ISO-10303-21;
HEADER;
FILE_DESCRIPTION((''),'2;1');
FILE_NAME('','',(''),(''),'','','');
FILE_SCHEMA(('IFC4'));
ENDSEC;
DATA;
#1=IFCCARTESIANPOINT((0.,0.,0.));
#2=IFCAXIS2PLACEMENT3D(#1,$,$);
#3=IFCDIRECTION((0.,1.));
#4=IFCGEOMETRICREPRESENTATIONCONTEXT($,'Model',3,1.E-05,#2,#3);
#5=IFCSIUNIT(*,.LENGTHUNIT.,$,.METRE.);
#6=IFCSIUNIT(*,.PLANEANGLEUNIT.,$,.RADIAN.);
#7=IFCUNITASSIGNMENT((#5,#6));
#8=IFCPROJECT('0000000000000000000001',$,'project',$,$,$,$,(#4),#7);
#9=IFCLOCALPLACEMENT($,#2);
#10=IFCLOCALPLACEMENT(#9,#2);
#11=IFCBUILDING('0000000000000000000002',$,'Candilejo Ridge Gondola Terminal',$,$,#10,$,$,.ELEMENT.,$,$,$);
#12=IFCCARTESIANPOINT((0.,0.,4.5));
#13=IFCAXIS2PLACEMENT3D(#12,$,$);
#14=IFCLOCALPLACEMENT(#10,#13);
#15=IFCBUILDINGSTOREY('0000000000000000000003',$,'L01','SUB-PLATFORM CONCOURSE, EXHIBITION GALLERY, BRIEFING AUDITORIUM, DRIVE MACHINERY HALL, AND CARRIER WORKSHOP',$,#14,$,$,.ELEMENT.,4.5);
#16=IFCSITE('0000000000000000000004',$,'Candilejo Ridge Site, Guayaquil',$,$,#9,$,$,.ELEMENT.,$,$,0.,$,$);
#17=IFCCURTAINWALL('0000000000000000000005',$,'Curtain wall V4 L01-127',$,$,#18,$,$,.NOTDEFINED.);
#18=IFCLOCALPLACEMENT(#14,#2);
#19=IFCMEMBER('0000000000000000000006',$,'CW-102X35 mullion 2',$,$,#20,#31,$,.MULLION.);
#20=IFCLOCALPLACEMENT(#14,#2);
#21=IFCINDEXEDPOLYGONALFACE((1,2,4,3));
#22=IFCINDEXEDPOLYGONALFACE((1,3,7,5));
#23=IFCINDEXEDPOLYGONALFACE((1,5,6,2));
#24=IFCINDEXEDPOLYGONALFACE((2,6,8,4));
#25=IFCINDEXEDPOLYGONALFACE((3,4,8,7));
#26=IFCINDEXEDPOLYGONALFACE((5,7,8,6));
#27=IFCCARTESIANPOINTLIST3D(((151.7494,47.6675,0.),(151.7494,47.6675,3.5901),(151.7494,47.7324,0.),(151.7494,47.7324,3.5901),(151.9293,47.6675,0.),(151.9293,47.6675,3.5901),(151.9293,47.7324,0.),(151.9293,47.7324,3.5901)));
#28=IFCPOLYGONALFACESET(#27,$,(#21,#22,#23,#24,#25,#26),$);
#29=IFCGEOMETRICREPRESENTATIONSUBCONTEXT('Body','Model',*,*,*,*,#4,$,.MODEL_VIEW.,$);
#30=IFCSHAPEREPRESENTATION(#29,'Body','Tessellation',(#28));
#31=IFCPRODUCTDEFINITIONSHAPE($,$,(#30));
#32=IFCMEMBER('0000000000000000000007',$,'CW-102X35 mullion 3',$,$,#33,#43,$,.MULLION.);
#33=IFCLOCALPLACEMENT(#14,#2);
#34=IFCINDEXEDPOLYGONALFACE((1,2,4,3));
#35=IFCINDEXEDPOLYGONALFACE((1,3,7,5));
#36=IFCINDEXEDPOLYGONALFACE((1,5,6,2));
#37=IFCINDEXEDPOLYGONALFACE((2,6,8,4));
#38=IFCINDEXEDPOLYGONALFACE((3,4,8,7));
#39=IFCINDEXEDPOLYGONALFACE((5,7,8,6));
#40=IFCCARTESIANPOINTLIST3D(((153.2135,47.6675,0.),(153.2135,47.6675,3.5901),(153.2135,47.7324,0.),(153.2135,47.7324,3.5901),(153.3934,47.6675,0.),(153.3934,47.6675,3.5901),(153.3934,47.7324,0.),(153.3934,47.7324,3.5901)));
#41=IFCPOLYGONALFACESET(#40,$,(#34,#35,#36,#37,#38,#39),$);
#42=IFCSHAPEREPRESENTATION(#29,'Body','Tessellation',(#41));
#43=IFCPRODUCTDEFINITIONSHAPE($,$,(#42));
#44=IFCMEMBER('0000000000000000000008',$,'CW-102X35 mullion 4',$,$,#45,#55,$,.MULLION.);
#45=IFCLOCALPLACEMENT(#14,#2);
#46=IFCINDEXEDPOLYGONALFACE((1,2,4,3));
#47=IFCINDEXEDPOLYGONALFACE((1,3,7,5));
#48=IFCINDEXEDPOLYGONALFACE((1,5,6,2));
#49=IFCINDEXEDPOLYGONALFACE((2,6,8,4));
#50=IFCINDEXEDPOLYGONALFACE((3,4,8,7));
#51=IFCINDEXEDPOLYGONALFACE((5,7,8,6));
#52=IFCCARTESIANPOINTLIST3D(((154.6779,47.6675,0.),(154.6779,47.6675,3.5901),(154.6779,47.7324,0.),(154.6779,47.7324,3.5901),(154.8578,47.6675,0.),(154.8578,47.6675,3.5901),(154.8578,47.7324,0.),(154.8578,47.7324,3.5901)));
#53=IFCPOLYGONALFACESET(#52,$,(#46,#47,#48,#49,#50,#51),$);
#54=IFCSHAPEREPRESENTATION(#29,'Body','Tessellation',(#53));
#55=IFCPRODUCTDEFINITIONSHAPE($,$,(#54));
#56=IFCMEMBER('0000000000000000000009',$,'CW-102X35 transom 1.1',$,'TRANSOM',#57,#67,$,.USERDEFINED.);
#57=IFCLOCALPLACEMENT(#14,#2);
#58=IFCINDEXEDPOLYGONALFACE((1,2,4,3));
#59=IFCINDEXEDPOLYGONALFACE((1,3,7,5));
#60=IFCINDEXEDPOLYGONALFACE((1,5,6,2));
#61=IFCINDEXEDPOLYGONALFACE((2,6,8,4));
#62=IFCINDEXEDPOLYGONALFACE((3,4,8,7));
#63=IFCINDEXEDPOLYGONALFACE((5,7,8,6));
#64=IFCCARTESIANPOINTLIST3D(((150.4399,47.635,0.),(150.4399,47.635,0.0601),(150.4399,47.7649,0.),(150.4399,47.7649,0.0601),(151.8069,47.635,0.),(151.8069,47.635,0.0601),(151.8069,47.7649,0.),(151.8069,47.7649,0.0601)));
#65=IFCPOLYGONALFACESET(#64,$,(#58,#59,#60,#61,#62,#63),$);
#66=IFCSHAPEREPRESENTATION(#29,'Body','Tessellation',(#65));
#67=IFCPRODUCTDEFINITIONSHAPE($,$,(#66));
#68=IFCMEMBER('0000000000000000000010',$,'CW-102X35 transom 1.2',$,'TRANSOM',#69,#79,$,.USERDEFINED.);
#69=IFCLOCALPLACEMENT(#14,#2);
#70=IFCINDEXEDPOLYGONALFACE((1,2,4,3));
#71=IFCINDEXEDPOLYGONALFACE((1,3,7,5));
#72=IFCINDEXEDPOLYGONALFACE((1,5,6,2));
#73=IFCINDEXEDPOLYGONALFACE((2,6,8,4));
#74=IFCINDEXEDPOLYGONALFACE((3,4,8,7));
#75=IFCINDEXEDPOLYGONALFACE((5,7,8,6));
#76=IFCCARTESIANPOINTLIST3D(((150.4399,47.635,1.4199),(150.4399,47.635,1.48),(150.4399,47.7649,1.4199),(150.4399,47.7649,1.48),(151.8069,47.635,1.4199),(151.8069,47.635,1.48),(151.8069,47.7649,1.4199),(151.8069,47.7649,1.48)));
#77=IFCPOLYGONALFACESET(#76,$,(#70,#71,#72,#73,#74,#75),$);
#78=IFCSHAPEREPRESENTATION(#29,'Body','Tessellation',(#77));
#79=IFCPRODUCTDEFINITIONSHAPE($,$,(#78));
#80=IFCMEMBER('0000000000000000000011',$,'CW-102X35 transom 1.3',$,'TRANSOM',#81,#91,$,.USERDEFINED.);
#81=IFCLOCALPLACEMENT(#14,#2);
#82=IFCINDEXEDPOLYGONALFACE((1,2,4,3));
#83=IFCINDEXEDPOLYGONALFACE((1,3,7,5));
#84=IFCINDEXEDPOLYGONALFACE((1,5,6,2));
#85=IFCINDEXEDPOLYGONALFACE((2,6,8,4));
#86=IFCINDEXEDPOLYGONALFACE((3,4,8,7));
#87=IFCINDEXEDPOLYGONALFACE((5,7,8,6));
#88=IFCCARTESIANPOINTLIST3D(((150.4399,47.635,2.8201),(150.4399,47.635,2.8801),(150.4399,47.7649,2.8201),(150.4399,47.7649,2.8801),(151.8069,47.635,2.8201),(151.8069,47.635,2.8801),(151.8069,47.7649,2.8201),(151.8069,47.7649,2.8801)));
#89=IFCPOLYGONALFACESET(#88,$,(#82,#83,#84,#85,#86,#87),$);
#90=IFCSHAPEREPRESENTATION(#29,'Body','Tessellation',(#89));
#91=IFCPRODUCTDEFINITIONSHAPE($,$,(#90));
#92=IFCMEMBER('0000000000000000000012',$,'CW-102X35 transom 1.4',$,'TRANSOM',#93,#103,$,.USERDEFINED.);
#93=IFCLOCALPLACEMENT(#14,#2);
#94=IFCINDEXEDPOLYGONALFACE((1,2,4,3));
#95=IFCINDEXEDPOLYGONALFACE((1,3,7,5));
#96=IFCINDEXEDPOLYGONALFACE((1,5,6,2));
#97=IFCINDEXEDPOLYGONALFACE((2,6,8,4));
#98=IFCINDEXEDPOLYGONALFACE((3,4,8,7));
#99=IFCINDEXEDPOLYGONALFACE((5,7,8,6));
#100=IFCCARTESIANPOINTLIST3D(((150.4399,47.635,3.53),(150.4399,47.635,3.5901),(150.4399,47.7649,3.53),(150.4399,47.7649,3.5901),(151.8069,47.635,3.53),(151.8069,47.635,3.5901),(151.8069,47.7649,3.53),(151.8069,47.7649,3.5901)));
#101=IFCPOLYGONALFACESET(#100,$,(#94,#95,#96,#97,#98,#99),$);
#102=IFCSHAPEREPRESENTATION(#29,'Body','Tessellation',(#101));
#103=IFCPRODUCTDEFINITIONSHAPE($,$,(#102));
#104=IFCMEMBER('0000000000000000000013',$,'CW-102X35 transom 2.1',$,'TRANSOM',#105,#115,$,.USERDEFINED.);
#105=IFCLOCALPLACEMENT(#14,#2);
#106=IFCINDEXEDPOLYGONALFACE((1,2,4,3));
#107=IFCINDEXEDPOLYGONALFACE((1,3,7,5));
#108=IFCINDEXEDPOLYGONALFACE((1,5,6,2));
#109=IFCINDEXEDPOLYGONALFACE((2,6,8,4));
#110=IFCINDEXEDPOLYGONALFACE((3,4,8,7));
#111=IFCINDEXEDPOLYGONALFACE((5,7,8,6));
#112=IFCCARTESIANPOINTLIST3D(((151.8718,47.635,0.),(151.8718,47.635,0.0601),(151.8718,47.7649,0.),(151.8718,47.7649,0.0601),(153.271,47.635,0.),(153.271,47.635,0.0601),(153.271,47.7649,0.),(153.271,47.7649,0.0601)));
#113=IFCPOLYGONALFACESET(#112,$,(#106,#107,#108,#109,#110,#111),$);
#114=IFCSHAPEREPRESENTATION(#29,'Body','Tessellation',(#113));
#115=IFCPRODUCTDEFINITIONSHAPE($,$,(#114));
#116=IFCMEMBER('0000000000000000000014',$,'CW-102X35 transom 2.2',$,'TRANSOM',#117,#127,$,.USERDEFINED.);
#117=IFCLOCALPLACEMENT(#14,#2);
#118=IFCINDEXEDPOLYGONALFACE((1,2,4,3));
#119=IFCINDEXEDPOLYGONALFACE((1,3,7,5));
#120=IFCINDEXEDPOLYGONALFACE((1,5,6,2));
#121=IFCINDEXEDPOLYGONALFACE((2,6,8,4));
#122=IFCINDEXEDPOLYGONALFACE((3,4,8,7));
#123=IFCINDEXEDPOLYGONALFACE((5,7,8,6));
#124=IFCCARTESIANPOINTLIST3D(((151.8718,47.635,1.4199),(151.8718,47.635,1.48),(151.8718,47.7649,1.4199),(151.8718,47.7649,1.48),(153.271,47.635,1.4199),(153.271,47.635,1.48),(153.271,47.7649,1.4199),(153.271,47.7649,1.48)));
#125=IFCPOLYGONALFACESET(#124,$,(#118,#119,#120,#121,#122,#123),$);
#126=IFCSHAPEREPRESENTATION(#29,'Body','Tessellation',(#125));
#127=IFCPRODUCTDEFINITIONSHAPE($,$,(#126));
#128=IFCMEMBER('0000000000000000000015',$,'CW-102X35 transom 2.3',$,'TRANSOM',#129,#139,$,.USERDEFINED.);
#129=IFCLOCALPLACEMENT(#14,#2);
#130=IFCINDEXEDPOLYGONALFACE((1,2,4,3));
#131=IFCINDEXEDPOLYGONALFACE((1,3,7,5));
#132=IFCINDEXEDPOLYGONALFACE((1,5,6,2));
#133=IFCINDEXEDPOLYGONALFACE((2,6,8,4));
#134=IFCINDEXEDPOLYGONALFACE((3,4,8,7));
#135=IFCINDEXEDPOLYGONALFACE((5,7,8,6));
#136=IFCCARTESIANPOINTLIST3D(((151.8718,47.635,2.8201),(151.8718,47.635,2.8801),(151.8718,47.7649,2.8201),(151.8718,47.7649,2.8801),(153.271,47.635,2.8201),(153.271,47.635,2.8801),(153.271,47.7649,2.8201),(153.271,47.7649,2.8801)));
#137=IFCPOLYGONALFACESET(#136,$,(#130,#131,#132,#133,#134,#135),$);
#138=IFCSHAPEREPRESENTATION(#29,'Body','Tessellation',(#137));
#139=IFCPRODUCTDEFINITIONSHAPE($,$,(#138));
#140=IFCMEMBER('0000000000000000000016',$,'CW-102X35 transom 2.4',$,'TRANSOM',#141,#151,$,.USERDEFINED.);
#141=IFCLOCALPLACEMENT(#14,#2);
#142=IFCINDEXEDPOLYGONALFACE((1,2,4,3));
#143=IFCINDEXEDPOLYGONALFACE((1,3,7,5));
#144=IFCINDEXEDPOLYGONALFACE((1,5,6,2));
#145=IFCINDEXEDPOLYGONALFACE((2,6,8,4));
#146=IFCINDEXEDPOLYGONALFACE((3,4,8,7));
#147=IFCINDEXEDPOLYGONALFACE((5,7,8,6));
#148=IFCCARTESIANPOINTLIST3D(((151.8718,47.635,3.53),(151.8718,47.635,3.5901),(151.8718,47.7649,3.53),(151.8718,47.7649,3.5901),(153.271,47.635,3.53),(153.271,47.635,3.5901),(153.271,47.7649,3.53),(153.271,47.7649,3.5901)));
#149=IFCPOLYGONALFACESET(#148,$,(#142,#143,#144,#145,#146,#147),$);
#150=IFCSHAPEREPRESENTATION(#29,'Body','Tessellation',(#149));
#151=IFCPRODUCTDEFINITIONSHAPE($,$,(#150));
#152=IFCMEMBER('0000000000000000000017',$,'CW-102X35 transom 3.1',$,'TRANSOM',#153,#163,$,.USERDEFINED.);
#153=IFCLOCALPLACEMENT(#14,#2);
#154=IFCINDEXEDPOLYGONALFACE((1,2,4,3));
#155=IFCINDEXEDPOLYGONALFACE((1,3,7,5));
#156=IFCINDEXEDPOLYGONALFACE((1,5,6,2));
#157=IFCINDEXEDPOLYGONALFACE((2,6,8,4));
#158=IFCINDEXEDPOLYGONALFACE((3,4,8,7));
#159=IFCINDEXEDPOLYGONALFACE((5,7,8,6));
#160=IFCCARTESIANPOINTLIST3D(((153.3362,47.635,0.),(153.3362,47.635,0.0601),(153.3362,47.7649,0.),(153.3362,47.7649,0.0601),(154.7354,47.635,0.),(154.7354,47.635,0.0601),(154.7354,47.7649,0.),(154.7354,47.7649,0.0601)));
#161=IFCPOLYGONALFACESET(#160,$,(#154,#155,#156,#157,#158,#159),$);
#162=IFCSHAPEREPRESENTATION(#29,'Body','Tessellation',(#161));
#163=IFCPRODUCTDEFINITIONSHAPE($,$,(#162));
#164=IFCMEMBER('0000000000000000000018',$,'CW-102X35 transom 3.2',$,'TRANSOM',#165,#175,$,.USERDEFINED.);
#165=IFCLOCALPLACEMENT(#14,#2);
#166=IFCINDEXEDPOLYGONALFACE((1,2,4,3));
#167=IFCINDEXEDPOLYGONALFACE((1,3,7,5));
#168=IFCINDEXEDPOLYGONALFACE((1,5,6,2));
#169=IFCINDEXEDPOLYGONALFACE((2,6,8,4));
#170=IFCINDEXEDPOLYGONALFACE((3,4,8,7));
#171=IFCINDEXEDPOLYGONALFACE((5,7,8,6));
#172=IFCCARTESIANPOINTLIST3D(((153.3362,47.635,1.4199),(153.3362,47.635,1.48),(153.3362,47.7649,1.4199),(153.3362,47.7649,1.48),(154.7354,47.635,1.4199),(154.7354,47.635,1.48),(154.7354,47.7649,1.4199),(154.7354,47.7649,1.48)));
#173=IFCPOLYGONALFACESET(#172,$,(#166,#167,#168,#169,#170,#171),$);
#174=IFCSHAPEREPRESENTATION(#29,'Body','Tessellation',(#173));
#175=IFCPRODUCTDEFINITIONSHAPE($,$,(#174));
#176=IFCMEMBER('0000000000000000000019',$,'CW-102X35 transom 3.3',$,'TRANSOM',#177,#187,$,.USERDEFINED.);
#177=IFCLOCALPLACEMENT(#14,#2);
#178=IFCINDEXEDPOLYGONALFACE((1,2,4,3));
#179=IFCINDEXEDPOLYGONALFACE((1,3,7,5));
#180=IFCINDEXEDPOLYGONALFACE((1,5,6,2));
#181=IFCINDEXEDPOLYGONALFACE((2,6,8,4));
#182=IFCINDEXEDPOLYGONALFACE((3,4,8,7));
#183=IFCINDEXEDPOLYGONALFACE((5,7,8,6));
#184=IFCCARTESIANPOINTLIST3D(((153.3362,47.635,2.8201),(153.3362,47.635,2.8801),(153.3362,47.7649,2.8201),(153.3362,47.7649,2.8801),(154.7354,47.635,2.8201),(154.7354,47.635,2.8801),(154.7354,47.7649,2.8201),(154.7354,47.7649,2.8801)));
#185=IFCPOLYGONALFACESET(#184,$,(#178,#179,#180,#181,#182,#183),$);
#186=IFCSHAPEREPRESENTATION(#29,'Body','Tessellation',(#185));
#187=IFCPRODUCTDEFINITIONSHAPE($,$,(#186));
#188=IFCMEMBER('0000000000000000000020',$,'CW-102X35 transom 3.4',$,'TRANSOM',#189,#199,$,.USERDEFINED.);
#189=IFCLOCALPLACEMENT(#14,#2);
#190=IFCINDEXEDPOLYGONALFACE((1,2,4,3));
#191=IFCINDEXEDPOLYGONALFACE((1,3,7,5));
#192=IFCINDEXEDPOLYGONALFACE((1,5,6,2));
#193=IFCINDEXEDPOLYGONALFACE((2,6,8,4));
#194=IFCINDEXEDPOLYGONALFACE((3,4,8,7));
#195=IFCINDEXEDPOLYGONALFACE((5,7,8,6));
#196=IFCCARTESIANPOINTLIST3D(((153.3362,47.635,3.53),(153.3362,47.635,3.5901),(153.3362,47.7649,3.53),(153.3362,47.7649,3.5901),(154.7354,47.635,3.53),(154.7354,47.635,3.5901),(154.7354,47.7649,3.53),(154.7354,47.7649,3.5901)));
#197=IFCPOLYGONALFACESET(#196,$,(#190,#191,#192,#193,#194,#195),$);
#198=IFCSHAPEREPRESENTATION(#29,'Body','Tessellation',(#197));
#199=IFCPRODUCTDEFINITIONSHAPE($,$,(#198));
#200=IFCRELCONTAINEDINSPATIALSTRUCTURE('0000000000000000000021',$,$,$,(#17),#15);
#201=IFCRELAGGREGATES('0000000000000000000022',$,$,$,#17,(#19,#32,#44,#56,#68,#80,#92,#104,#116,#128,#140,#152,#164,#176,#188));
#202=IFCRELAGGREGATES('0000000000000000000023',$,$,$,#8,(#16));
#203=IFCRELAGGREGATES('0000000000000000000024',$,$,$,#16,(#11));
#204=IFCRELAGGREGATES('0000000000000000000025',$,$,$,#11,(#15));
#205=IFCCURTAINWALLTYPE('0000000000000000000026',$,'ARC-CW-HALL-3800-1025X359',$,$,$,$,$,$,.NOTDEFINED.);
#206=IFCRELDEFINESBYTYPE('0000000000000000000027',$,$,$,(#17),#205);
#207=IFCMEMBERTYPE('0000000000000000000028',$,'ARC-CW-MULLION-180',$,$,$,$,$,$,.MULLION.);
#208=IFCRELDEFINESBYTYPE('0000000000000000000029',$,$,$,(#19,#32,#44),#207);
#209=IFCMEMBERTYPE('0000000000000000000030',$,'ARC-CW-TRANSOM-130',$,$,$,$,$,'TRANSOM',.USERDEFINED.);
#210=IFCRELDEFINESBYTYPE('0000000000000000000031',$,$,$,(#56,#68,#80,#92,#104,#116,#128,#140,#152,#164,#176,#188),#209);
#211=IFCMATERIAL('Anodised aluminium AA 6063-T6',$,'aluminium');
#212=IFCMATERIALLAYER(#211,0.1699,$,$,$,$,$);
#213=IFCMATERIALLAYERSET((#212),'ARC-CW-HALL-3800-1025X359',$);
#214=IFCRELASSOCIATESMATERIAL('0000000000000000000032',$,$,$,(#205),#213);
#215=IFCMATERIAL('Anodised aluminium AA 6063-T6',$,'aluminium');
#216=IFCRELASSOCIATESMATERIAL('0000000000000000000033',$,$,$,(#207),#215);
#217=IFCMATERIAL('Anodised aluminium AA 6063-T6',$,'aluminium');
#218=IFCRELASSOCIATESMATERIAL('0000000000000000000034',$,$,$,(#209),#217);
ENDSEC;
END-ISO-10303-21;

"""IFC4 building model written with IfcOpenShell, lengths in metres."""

from ifc_helpers import new_model, si_unit, direction, frame, origin, origin_2d, place, context, subcontext, project, spatial, rectangle, extrude, material, layer, layer_set, material_profile, profile_set, type_object, element, aggregate, save


model = new_model("IFC4")

# Units and contexts
model_context = context("Model", 3, precision=1e-05, world=origin(), true_north=direction((0.0, 1.0)))
body_context = subcontext(model_context, "Body", "Model", "MODEL_VIEW")
ifc_project = project(units=[si_unit("LENGTHUNIT", "METRE"), si_unit("PLANEANGLEUNIT", "RADIAN")], contexts=[model_context])

# Site, building, storey
site_placement = place(None, origin())
site = spatial("IfcSite", under=ifc_project, at=site_placement, Name="Candilejo Ridge Site, Guayaquil", CompositionType="ELEMENT", RefElevation=0.0)
building_placement = place(site_placement, origin())
building = spatial("IfcBuilding", under=site, at=building_placement, Name="Candilejo Ridge Gondola Terminal", CompositionType="ELEMENT")
storey_placement = place(building_placement, frame((0.0, 0.0, 4.5)))
storey = spatial("IfcBuildingStorey", under=building, at=storey_placement, Name="L01", Description="SUB-PLATFORM CONCOURSE, EXHIBITION GALLERY, BRIEFING AUDITORIUM, DRIVE MACHINERY HALL, AND CARRIER WORKSHOP", CompositionType="ELEMENT", Elevation=4.5)

# Curtain wall, members
ifc_material_1 = material(Name="Anodised aluminium AA 6063-T6", Category="aluminium")
ifc_layer_1 = layer(ifc_material_1, 0.1699)
ifc_layer_set_1 = layer_set([ifc_layer_1], Name="ARC-CW-HALL-3800-1025X359")
curtain_wall_type = type_object("IfcCurtainWallType", Name="ARC-CW-HALL-3800-1025X359", PredefinedType="NOTDEFINED", material=ifc_layer_set_1)
curtain_wall_placement = place(storey_placement, origin())
curtain_wall = element("IfcCurtainWall", 1, at=curtain_wall_placement, inside=storey, type_object=curtain_wall_type, Name="Curtain wall V4 L01-127", PredefinedType="NOTDEFINED")
ifc_material_2 = material(Name="Anodised aluminium AA 6063-T6", Category="aluminium")
ifc_material_profile_1 = material_profile(ifc_material_2, rectangle(XDim=0.0649, YDim=0.1799, at=origin_2d()))
ifc_profile_set_1 = profile_set([ifc_material_profile_1], Name="Anodised aluminium AA 6063-T6")
member_type_1 = type_object("IfcMemberType", Name="ARC-CW-MULLION-180", PredefinedType="MULLION", material=ifc_profile_set_1)
member_1_placement = place(storey_placement, frame((151.8394, 47.7, 0.0), z_axis=(0.0, 0.0, 1.0), x_axis=(0.0, 1.0, 0.0)))
member_1 = element("IfcMember", 2, at=member_1_placement, type_object=member_type_1, Name="CW-102X35 mullion 2", PredefinedType="MULLION", context=body_context, shape_type="SweptSolid", body=[
    extrude(rectangle(XDim=0.0649, YDim=0.1799, at=origin_2d()), origin(), (0.0, 0.0, 1.0), 3.5901),
])
member_2_placement = place(storey_placement, frame((153.3035, 47.7, 0.0), z_axis=(0.0, 0.0, 1.0), x_axis=(0.0, 1.0, 0.0)))
member_2 = element("IfcMember", 3, at=member_2_placement, type_object=member_type_1, Name="CW-102X35 mullion 3", PredefinedType="MULLION", context=body_context, shape_type="SweptSolid", body=[
    extrude(rectangle(XDim=0.0649, YDim=0.1799, at=origin_2d()), origin(), (0.0, 0.0, 1.0), 3.5901),
])
member_3_placement = place(storey_placement, frame((154.7678, 47.7, 0.0), z_axis=(0.0, 0.0, 1.0), x_axis=(0.0, 1.0, 0.0)))
member_3 = element("IfcMember", 4, at=member_3_placement, type_object=member_type_1, Name="CW-102X35 mullion 4", PredefinedType="MULLION", context=body_context, shape_type="SweptSolid", body=[
    extrude(rectangle(XDim=0.0649, YDim=0.1799, at=origin_2d()), origin(), (0.0, 0.0, 1.0), 3.5901),
])
ifc_material_3 = material(Name="Anodised aluminium AA 6063-T6", Category="aluminium")
ifc_material_profile_2 = material_profile(ifc_material_3, rectangle(XDim=0.1299, YDim=0.0601, at=origin_2d()))
ifc_profile_set_2 = profile_set([ifc_material_profile_2], Name="Anodised aluminium AA 6063-T6")
member_type_2 = type_object("IfcMemberType", Name="ARC-CW-TRANSOM-130", ElementType="TRANSOM", PredefinedType="USERDEFINED", material=ifc_profile_set_2)
member_4_placement = place(storey_placement, frame((150.4399, 47.7, 0.03), z_axis=(1.0, 0.0, 0.0), x_axis=(0.0, 1.0, 0.0)))
member_4 = element("IfcMember", 5, at=member_4_placement, type_object=member_type_2, Name="CW-102X35 transom 1.1", ObjectType="TRANSOM", PredefinedType="USERDEFINED", context=body_context, shape_type="SweptSolid", body=[
    extrude(rectangle(XDim=0.1299, YDim=0.0601, at=origin_2d()), origin(), (0.0, 0.0, 1.0), 1.3669),
])
member_5_placement = place(storey_placement, frame((150.4399, 47.7, 1.45), z_axis=(1.0, 0.0, 0.0), x_axis=(0.0, 1.0, 0.0)))
member_5 = element("IfcMember", 6, at=member_5_placement, type_object=member_type_2, Name="CW-102X35 transom 1.2", ObjectType="TRANSOM", PredefinedType="USERDEFINED", context=body_context, shape_type="SweptSolid", body=[
    extrude(rectangle(XDim=0.1299, YDim=0.0601, at=origin_2d()), origin(), (0.0, 0.0, 1.0), 1.3669),
])
member_6_placement = place(storey_placement, frame((150.4399, 47.7, 2.8501), z_axis=(1.0, 0.0, 0.0), x_axis=(0.0, 1.0, 0.0)))
member_6 = element("IfcMember", 7, at=member_6_placement, type_object=member_type_2, Name="CW-102X35 transom 1.3", ObjectType="TRANSOM", PredefinedType="USERDEFINED", context=body_context, shape_type="SweptSolid", body=[
    extrude(rectangle(XDim=0.1299, YDim=0.0601, at=origin_2d()), origin(), (0.0, 0.0, 1.0), 1.3669),
])
member_7_placement = place(storey_placement, frame((150.4399, 47.7, 3.5601), z_axis=(1.0, 0.0, 0.0), x_axis=(0.0, 1.0, 0.0)))
member_7 = element("IfcMember", 8, at=member_7_placement, type_object=member_type_2, Name="CW-102X35 transom 1.4", ObjectType="TRANSOM", PredefinedType="USERDEFINED", context=body_context, shape_type="SweptSolid", body=[
    extrude(rectangle(XDim=0.1299, YDim=0.0601, at=origin_2d()), origin(), (0.0, 0.0, 1.0), 1.3669),
])
member_8_placement = place(storey_placement, frame((151.8718, 47.7, 0.03), z_axis=(1.0, 0.0, 0.0), x_axis=(0.0, 1.0, 0.0)))
member_8 = element("IfcMember", 9, at=member_8_placement, type_object=member_type_2, Name="CW-102X35 transom 2.1", ObjectType="TRANSOM", PredefinedType="USERDEFINED", context=body_context, shape_type="SweptSolid", body=[
    extrude(rectangle(XDim=0.1299, YDim=0.0601, at=origin_2d()), origin(), (0.0, 0.0, 1.0), 1.3992),
])
member_9_placement = place(storey_placement, frame((151.8718, 47.7, 1.45), z_axis=(1.0, 0.0, 0.0), x_axis=(0.0, 1.0, 0.0)))
member_9 = element("IfcMember", 10, at=member_9_placement, type_object=member_type_2, Name="CW-102X35 transom 2.2", ObjectType="TRANSOM", PredefinedType="USERDEFINED", context=body_context, shape_type="SweptSolid", body=[
    extrude(rectangle(XDim=0.1299, YDim=0.0601, at=origin_2d()), origin(), (0.0, 0.0, 1.0), 1.3992),
])
member_10_placement = place(storey_placement, frame((151.8718, 47.7, 2.8501), z_axis=(1.0, 0.0, 0.0), x_axis=(0.0, 1.0, 0.0)))
member_10 = element("IfcMember", 11, at=member_10_placement, type_object=member_type_2, Name="CW-102X35 transom 2.3", ObjectType="TRANSOM", PredefinedType="USERDEFINED", context=body_context, shape_type="SweptSolid", body=[
    extrude(rectangle(XDim=0.1299, YDim=0.0601, at=origin_2d()), origin(), (0.0, 0.0, 1.0), 1.3992),
])
member_11_placement = place(storey_placement, frame((151.8718, 47.7, 3.5601), z_axis=(1.0, 0.0, 0.0), x_axis=(0.0, 1.0, 0.0)))
member_11 = element("IfcMember", 12, at=member_11_placement, type_object=member_type_2, Name="CW-102X35 transom 2.4", ObjectType="TRANSOM", PredefinedType="USERDEFINED", context=body_context, shape_type="SweptSolid", body=[
    extrude(rectangle(XDim=0.1299, YDim=0.0601, at=origin_2d()), origin(), (0.0, 0.0, 1.0), 1.3992),
])
member_12_placement = place(storey_placement, frame((153.3362, 47.7, 0.03), z_axis=(1.0, 0.0, 0.0), x_axis=(0.0, 1.0, 0.0)))
member_12 = element("IfcMember", 13, at=member_12_placement, type_object=member_type_2, Name="CW-102X35 transom 3.1", ObjectType="TRANSOM", PredefinedType="USERDEFINED", context=body_context, shape_type="SweptSolid", body=[
    extrude(rectangle(XDim=0.1299, YDim=0.0601, at=origin_2d()), origin(), (0.0, 0.0, 1.0), 1.3992),
])
member_13_placement = place(storey_placement, frame((153.3362, 47.7, 1.45), z_axis=(1.0, 0.0, 0.0), x_axis=(0.0, 1.0, 0.0)))
member_13 = element("IfcMember", 14, at=member_13_placement, type_object=member_type_2, Name="CW-102X35 transom 3.2", ObjectType="TRANSOM", PredefinedType="USERDEFINED", context=body_context, shape_type="SweptSolid", body=[
    extrude(rectangle(XDim=0.1299, YDim=0.0601, at=origin_2d()), origin(), (0.0, 0.0, 1.0), 1.3992),
])
member_14_placement = place(storey_placement, frame((153.3362, 47.7, 2.8501), z_axis=(1.0, 0.0, 0.0), x_axis=(0.0, 1.0, 0.0)))
member_14 = element("IfcMember", 15, at=member_14_placement, type_object=member_type_2, Name="CW-102X35 transom 3.3", ObjectType="TRANSOM", PredefinedType="USERDEFINED", context=body_context, shape_type="SweptSolid", body=[
    extrude(rectangle(XDim=0.1299, YDim=0.0601, at=origin_2d()), origin(), (0.0, 0.0, 1.0), 1.3992),
])
member_15_placement = place(storey_placement, frame((153.3362, 47.7, 3.5601), z_axis=(1.0, 0.0, 0.0), x_axis=(0.0, 1.0, 0.0)))
member_15 = element("IfcMember", 16, at=member_15_placement, type_object=member_type_2, Name="CW-102X35 transom 3.4", ObjectType="TRANSOM", PredefinedType="USERDEFINED", context=body_context, shape_type="SweptSolid", body=[
    extrude(rectangle(XDim=0.1299, YDim=0.0601, at=origin_2d()), origin(), (0.0, 0.0, 1.0), 1.3992),
])
aggregate(curtain_wall, [member_1, member_2, member_3, member_4, member_5, member_6, member_7, member_8, member_9, member_10, member_11, member_12, member_13, member_14, member_15])

save(model, "model.ifc")
